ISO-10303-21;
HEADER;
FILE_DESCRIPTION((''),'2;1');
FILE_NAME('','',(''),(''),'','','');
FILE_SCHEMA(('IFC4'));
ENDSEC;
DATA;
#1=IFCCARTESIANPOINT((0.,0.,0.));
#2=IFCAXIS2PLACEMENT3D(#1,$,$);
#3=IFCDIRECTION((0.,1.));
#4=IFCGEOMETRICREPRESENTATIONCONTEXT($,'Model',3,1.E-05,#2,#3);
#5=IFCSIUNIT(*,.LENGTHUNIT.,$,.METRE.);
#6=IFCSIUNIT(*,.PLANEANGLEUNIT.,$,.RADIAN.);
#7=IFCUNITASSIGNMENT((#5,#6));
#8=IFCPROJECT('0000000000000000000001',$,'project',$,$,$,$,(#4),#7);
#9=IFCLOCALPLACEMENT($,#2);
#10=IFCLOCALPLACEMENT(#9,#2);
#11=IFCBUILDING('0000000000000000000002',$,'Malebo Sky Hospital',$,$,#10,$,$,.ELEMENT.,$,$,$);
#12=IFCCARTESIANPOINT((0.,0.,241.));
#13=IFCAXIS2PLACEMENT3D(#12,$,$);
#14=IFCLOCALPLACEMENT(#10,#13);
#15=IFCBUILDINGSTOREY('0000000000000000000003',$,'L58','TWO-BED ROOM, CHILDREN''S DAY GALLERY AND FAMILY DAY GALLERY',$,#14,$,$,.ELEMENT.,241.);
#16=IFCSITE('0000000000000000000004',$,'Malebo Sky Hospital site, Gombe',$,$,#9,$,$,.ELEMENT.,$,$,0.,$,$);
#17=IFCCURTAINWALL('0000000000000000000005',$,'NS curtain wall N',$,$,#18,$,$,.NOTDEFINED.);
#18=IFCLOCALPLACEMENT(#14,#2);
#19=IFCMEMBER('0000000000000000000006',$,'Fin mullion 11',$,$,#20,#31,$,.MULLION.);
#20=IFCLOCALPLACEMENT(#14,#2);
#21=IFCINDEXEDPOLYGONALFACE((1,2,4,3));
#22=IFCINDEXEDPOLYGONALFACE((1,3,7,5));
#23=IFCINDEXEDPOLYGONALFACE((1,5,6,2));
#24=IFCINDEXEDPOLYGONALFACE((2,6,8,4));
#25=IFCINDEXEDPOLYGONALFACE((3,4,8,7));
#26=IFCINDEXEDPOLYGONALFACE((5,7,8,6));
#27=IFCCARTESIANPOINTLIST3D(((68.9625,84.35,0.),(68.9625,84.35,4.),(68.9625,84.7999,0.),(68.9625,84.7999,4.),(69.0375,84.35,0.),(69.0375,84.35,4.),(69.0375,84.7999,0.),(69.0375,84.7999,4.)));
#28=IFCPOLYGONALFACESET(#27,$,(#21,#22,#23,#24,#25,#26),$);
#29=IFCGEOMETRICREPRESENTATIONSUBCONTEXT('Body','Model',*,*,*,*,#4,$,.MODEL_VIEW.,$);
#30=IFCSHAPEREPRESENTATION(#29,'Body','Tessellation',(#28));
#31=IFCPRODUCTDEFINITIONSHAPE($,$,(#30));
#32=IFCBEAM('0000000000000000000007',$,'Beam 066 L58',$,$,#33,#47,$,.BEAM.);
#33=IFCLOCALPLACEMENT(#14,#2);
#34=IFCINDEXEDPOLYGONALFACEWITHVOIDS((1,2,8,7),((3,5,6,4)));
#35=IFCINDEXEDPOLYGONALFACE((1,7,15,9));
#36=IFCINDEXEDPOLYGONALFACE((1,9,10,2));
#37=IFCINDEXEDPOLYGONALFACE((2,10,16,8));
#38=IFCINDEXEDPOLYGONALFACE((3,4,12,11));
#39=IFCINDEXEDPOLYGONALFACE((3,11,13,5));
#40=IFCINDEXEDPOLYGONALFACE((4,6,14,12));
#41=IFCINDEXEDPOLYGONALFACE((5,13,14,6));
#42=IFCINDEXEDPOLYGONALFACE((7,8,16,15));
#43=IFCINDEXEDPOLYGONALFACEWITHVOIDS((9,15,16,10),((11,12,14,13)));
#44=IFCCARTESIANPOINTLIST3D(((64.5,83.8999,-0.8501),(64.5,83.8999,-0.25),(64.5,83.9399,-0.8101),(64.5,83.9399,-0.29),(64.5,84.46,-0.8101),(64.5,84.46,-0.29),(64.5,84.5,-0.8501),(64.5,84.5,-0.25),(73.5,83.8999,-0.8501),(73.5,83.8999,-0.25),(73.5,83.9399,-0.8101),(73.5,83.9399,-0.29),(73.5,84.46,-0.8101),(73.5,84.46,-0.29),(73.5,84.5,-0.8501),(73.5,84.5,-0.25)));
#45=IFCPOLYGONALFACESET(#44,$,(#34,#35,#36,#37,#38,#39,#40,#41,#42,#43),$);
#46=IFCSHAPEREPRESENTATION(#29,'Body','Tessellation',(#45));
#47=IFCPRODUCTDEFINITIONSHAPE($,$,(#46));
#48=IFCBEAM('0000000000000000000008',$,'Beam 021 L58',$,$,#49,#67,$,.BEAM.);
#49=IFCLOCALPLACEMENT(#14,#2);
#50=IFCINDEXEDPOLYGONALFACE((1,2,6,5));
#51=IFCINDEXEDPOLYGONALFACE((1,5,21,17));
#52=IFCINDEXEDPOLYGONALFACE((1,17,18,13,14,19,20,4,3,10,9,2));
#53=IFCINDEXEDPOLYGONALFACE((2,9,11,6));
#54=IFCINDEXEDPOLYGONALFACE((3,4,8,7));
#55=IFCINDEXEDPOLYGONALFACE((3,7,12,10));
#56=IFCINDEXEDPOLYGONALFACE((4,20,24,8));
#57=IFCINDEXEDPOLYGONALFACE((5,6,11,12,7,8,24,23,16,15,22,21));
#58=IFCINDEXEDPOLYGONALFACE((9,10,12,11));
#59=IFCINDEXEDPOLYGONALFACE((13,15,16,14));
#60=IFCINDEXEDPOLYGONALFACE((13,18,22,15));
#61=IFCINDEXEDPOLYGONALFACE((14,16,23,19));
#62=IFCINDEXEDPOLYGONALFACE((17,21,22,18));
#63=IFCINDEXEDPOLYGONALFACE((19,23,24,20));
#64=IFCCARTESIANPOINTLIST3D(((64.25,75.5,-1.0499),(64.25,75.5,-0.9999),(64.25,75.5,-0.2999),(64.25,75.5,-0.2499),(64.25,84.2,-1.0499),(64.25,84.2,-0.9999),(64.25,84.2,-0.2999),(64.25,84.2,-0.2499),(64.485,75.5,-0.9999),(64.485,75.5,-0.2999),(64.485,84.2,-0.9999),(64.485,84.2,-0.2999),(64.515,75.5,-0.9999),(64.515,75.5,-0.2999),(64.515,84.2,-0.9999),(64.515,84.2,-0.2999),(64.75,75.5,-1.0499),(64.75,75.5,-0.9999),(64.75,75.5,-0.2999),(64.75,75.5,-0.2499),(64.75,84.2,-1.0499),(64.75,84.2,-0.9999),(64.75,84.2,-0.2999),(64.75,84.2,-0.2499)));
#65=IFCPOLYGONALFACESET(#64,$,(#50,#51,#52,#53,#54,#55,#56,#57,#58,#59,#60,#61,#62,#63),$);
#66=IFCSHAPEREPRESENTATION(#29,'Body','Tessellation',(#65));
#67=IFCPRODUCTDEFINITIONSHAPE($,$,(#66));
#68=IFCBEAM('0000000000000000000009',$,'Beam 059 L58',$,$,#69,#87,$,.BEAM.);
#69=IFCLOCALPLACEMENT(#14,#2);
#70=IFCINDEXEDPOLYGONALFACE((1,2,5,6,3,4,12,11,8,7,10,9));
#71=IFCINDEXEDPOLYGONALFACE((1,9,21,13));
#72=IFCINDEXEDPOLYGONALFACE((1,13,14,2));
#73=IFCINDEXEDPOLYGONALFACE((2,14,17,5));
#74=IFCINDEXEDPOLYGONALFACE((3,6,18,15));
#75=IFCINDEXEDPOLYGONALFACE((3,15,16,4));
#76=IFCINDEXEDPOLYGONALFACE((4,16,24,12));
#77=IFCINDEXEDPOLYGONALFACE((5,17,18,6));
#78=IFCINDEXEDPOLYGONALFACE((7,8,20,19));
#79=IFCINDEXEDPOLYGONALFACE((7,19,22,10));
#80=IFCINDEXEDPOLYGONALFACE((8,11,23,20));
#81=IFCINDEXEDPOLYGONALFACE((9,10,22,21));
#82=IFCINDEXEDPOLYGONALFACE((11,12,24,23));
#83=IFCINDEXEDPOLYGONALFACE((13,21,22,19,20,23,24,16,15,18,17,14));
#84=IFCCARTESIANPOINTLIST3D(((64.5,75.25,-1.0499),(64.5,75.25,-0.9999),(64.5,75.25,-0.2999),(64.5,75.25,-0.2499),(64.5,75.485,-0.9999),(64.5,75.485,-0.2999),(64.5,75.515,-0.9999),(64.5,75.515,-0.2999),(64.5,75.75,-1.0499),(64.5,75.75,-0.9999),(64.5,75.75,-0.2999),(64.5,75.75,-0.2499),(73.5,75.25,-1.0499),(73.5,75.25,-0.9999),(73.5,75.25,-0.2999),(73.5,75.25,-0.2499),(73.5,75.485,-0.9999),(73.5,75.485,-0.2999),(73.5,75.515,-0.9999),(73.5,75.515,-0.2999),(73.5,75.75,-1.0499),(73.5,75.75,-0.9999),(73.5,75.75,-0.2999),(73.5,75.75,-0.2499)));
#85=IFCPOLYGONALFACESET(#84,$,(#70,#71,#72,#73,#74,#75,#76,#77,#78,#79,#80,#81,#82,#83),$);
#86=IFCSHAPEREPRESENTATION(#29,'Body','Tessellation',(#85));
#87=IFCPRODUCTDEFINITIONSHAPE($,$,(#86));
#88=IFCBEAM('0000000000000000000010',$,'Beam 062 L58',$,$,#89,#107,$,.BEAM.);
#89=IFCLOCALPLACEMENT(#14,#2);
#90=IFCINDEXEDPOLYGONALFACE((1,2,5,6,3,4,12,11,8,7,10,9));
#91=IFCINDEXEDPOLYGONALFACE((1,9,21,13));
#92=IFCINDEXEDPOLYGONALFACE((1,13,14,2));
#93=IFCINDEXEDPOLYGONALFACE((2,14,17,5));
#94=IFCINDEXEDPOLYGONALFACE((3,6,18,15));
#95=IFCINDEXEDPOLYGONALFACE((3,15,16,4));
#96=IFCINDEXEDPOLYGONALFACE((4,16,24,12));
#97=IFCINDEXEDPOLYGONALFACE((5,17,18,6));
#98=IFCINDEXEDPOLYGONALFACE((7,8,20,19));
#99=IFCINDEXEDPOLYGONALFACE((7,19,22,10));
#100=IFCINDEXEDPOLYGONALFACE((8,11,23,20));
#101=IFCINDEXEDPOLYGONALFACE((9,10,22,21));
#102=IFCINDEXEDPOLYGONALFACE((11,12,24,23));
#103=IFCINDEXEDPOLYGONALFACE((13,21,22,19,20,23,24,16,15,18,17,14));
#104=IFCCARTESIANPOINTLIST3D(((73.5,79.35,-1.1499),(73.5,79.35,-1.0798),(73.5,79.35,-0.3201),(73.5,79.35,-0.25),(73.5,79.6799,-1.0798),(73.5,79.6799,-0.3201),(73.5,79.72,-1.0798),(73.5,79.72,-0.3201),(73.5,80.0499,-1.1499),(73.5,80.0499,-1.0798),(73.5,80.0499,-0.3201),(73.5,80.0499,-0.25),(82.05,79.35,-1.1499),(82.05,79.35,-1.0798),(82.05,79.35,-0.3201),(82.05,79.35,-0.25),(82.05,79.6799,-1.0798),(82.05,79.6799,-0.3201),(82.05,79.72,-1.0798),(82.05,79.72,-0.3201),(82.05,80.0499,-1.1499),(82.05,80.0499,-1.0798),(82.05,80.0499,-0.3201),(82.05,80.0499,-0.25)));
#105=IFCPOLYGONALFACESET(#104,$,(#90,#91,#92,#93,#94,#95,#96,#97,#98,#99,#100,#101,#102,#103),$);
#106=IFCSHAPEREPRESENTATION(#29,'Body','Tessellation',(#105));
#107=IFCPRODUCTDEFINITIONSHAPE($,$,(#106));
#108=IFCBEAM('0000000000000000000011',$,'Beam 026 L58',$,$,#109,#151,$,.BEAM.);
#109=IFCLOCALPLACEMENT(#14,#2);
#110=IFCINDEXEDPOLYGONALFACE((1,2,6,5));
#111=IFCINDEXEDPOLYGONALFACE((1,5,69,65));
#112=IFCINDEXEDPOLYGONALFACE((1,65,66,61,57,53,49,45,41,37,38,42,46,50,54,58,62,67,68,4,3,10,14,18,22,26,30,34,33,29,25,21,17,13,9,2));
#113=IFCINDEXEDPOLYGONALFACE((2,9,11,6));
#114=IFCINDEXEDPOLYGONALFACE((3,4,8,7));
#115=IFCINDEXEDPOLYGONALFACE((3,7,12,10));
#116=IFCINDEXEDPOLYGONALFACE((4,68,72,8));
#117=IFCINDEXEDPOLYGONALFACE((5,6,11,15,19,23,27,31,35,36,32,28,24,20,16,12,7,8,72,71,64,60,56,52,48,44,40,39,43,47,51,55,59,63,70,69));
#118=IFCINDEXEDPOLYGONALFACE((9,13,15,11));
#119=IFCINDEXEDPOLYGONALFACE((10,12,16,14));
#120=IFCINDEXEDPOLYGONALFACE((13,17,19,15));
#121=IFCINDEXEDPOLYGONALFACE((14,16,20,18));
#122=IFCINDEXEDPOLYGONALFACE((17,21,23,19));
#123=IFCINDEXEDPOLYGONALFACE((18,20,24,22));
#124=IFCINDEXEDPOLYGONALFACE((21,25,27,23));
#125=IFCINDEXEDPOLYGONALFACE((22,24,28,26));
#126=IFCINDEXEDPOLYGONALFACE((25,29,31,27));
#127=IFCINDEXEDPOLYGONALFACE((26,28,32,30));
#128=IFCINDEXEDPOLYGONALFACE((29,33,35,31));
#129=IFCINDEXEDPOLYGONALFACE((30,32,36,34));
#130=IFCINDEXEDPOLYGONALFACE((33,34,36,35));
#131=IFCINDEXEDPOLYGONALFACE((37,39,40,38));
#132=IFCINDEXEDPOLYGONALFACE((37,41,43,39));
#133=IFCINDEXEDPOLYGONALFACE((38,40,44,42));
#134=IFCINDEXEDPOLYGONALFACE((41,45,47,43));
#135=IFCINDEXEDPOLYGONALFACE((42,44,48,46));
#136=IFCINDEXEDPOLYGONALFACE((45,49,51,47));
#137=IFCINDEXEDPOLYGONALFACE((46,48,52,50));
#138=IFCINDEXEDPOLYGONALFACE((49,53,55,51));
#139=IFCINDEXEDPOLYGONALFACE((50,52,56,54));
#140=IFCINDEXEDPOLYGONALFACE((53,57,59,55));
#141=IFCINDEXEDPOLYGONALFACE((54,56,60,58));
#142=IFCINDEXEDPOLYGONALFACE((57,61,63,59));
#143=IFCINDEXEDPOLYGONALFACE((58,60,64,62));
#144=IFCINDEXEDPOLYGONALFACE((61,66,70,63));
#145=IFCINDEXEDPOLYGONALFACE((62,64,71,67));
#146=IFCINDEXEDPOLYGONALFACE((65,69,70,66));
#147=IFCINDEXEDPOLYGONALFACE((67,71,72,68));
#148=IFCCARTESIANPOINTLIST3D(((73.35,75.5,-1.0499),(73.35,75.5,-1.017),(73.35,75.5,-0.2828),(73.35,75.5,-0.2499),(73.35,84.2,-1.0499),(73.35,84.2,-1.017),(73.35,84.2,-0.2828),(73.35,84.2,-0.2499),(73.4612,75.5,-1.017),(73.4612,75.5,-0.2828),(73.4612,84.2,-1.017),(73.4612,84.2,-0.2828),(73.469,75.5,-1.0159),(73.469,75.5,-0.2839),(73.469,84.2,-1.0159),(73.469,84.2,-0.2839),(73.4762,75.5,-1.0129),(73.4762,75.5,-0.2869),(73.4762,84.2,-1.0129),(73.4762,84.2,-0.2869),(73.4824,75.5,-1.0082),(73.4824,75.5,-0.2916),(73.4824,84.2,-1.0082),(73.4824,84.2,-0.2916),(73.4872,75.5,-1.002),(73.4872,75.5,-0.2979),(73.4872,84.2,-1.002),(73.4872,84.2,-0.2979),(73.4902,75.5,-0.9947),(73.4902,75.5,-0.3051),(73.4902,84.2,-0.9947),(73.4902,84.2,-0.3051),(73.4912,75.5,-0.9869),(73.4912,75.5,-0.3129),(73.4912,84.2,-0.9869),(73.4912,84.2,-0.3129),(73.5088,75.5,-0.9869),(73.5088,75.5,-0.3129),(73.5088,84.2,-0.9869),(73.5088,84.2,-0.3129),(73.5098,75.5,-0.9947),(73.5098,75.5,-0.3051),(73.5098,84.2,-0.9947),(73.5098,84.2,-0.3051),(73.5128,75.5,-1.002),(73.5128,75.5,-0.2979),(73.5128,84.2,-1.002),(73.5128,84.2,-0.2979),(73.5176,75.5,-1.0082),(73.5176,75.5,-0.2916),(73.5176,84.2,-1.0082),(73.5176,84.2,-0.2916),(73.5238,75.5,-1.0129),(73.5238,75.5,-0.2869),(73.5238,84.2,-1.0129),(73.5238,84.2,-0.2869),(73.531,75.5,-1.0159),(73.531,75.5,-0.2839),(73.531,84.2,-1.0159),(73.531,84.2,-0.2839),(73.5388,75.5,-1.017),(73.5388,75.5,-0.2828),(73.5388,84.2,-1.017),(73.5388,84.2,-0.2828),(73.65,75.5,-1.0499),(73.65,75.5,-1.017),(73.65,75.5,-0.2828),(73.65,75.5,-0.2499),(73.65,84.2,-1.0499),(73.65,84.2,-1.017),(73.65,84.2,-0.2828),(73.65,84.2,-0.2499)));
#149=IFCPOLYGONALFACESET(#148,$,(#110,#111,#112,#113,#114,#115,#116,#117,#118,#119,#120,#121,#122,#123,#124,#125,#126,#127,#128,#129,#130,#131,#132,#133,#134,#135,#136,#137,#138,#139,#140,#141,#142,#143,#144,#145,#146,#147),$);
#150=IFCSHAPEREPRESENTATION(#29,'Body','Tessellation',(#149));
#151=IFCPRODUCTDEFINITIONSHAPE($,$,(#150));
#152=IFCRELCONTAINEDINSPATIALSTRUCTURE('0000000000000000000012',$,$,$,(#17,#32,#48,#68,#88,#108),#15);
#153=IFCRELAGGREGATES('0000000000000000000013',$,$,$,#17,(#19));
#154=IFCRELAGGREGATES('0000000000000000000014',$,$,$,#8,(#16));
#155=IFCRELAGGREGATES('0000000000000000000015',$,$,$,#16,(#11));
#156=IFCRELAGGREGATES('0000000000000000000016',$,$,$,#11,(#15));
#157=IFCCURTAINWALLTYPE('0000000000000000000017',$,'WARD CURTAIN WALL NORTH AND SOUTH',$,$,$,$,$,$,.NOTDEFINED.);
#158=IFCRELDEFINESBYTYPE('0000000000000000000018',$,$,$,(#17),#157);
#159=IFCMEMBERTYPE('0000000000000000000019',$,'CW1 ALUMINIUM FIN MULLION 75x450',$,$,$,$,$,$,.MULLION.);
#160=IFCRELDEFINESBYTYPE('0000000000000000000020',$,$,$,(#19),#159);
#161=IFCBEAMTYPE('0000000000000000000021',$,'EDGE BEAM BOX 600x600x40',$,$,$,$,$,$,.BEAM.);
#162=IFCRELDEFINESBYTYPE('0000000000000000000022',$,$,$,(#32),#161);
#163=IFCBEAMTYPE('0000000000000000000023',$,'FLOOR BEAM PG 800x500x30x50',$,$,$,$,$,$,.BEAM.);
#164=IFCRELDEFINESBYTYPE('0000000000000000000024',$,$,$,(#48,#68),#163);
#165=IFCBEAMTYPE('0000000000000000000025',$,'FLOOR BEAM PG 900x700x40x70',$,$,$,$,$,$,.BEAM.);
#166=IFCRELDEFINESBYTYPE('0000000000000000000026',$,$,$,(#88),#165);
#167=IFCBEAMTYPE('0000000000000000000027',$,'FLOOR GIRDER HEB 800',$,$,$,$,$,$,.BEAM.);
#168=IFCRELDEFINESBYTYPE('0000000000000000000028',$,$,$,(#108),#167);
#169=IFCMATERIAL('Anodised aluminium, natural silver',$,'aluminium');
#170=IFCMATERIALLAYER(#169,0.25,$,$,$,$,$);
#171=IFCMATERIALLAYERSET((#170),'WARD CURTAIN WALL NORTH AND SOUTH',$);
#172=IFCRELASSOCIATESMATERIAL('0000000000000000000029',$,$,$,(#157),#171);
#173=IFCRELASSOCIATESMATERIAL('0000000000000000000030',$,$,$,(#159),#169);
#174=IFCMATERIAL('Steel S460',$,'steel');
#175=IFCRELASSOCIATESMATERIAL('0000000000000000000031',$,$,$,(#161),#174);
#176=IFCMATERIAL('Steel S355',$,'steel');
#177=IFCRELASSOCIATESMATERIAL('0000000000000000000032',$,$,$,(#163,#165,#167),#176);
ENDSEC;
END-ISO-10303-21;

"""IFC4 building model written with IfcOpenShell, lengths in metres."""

from ifc_helpers import new_model, si_unit, direction, frame, origin, origin_2d, place, context, subcontext, project, spatial, rectangle, hollow_rectangle, i_section, extrude, material, layer, layer_set, material_profile, profile_set, type_object, element, aggregate, save


model = new_model("IFC4")

# Units and contexts
model_context = context("Model", 3, precision=1e-05, world=origin(), true_north=direction((0.0, 1.0)))
body_context = subcontext(model_context, "Body", "Model", "MODEL_VIEW")
ifc_project = project(units=[si_unit("LENGTHUNIT", "METRE"), si_unit("PLANEANGLEUNIT", "RADIAN")], contexts=[model_context])

# Site, building, storey
site_placement = place(None, origin())
site = spatial("IfcSite", under=ifc_project, at=site_placement, Name="Malebo Sky Hospital site, Gombe", CompositionType="ELEMENT", RefElevation=0.0)
building_placement = place(site_placement, origin())
building = spatial("IfcBuilding", under=site, at=building_placement, Name="Malebo Sky Hospital", CompositionType="ELEMENT")
storey_placement = place(building_placement, frame((0.0, 0.0, 241.0)))
storey = spatial("IfcBuildingStorey", under=building, at=storey_placement, Name="L58", Description="TWO-BED ROOM, CHILDREN'S DAY GALLERY AND FAMILY DAY GALLERY", CompositionType="ELEMENT", Elevation=241.0)

# Shared definitions
ifc_material_1 = material(Name="Steel S460", Category="steel")

# Curtain wall
ifc_material_2 = material(Name="Anodised aluminium, natural silver", Category="aluminium")
ifc_layer_1 = layer(ifc_material_2, 0.25)
ifc_layer_set_1 = layer_set([ifc_layer_1], Name="WARD CURTAIN WALL NORTH AND SOUTH")
curtain_wall_type = type_object("IfcCurtainWallType", Name="WARD CURTAIN WALL NORTH AND SOUTH", PredefinedType="NOTDEFINED", material=ifc_layer_set_1)
curtain_wall_placement = place(storey_placement, origin())
curtain_wall = element("IfcCurtainWall", 1, at=curtain_wall_placement, inside=storey, type_object=curtain_wall_type, Name="NS curtain wall N", PredefinedType="NOTDEFINED")

# Member
ifc_material_3 = material(Name="Steel S355", Category="steel")
ifc_material_profile_1 = material_profile(ifc_material_2, rectangle(XDim=0.075, YDim=0.45, at=origin_2d()), Name="CW1 ALUMINIUM FIN MULLION 75x450")
ifc_profile_set_1 = profile_set([ifc_material_profile_1], Name="Anodised aluminium, natural silver")
member_type_1 = type_object("IfcMemberType", Name="CW1 ALUMINIUM FIN MULLION 75x450", PredefinedType="MULLION", material=ifc_profile_set_1)
member_1_placement = place(storey_placement, frame((69.0, 84.575, 0.0), z_axis=(0.0, 0.0, 1.0), x_axis=(1.0, 0.0, 0.0)))
member_1 = element("IfcMember", 2, at=member_1_placement, type_object=member_type_1, Name="Fin mullion 11", PredefinedType="MULLION", context=body_context, shape_type="SweptSolid", body=[
    extrude(rectangle(XDim=0.075, YDim=0.45, at=origin_2d()), origin(), (0.0, 0.0, 1.0), 4.0),
])

# Beams
ifc_material_profile_2 = material_profile(ifc_material_1, hollow_rectangle(XDim=0.6001, YDim=0.6001, WallThickness=0.04, at=origin_2d()), Name="BOX 600x600x40")
ifc_profile_set_2 = profile_set([ifc_material_profile_2], Name="Steel S460")
beam_type_1 = type_object("IfcBeamType", Name="EDGE BEAM BOX 600x600x40", PredefinedType="BEAM", material=ifc_profile_set_2)
beam_1_placement = place(storey_placement, frame((64.5, 84.2, -0.55), z_axis=(1.0, 0.0, 0.0), x_axis=(0.0, 1.0, 0.0)))
element("IfcBeam", 3, at=beam_1_placement, inside=storey, type_object=beam_type_1, Name="Beam 066 L58", PredefinedType="BEAM", context=body_context, shape_type="SweptSolid", body=[
    extrude(hollow_rectangle(XDim=0.6001, YDim=0.6001, WallThickness=0.04, at=origin_2d()), origin(), (0.0, 0.0, 1.0), 9.0),
])
ifc_material_profile_3 = material_profile(ifc_material_3, i_section(OverallWidth=0.5, OverallDepth=0.8, WebThickness=0.03, FlangeThickness=0.05, at=origin_2d()), Name="PG 800x500x30x50")
ifc_profile_set_3 = profile_set([ifc_material_profile_3], Name="Steel S355")
beam_type_2 = type_object("IfcBeamType", Name="FLOOR BEAM PG 800x500x30x50", PredefinedType="BEAM", material=ifc_profile_set_3)
beam_2_placement = place(storey_placement, frame((64.5, 75.5, -0.6499), z_axis=(0.0, 1.0, 0.0), x_axis=(-1.0, 0.0, 0.0)))
element("IfcBeam", 4, at=beam_2_placement, inside=storey, type_object=beam_type_2, Name="Beam 021 L58", PredefinedType="BEAM", context=body_context, shape_type="SweptSolid", body=[
    extrude(i_section(OverallWidth=0.5, OverallDepth=0.8, WebThickness=0.03, FlangeThickness=0.05, at=origin_2d()), origin(), (0.0, 0.0, 1.0), 8.7),
])
beam_3_placement = place(storey_placement, frame((64.5, 75.5, -0.6499), z_axis=(1.0, 0.0, 0.0), x_axis=(0.0, 1.0, 0.0)))
element("IfcBeam", 5, at=beam_3_placement, inside=storey, type_object=beam_type_2, Name="Beam 059 L58", PredefinedType="BEAM", context=body_context, shape_type="SweptSolid", body=[
    extrude(i_section(OverallWidth=0.5, OverallDepth=0.8, WebThickness=0.03, FlangeThickness=0.05, at=origin_2d()), origin(), (0.0, 0.0, 1.0), 9.0),
])
ifc_material_profile_4 = material_profile(ifc_material_3, i_section(OverallWidth=0.7, OverallDepth=0.8999, WebThickness=0.04, FlangeThickness=0.0701, at=origin_2d()), Name="PG 900x700x40x70")
ifc_profile_set_4 = profile_set([ifc_material_profile_4], Name="Steel S355")
beam_type_3 = type_object("IfcBeamType", Name="FLOOR BEAM PG 900x700x40x70", PredefinedType="BEAM", material=ifc_profile_set_4)
beam_4_placement = place(storey_placement, frame((73.5, 79.7, -0.7), z_axis=(1.0, 0.0, 0.0), x_axis=(0.0, 1.0, 0.0)))
element("IfcBeam", 6, at=beam_4_placement, inside=storey, type_object=beam_type_3, Name="Beam 062 L58", PredefinedType="BEAM", context=body_context, shape_type="SweptSolid", body=[
    extrude(i_section(OverallWidth=0.7, OverallDepth=0.8999, WebThickness=0.04, FlangeThickness=0.0701, at=origin_2d()), origin(), (0.0, 0.0, 1.0), 8.55),
])
ifc_material_profile_5 = material_profile(ifc_material_3, i_section(OverallWidth=0.3, OverallDepth=0.8, WebThickness=0.0176, FlangeThickness=0.033, FilletRadius=0.03, at=origin_2d()), Name="HEB 800")
ifc_profile_set_5 = profile_set([ifc_material_profile_5], Name="Steel S355")
beam_type_4 = type_object("IfcBeamType", Name="FLOOR GIRDER HEB 800", PredefinedType="BEAM", material=ifc_profile_set_5)
for number, where, z_axis, x_axis, name in (
    (7, (73.5, 75.5, -0.6499), (0.0, 1.0, 0.0), (-1.0, 0.0, 0.0), "Beam 026 L58"),
):
    element("IfcBeam", number, at=place(storey_placement, frame(where, z_axis=z_axis, x_axis=x_axis)), inside=storey, type_object=beam_type_4, Name=name, PredefinedType="BEAM", context=body_context, shape_type="SweptSolid", body=[
        extrude(i_section(OverallWidth=0.3, OverallDepth=0.8, WebThickness=0.0176, FlangeThickness=0.033, FilletRadius=0.03, at=origin_2d()), origin(), (0.0, 0.0, 1.0), 8.7),
    ])

aggregate(curtain_wall, [member_1])

save(model, "model.ifc")
